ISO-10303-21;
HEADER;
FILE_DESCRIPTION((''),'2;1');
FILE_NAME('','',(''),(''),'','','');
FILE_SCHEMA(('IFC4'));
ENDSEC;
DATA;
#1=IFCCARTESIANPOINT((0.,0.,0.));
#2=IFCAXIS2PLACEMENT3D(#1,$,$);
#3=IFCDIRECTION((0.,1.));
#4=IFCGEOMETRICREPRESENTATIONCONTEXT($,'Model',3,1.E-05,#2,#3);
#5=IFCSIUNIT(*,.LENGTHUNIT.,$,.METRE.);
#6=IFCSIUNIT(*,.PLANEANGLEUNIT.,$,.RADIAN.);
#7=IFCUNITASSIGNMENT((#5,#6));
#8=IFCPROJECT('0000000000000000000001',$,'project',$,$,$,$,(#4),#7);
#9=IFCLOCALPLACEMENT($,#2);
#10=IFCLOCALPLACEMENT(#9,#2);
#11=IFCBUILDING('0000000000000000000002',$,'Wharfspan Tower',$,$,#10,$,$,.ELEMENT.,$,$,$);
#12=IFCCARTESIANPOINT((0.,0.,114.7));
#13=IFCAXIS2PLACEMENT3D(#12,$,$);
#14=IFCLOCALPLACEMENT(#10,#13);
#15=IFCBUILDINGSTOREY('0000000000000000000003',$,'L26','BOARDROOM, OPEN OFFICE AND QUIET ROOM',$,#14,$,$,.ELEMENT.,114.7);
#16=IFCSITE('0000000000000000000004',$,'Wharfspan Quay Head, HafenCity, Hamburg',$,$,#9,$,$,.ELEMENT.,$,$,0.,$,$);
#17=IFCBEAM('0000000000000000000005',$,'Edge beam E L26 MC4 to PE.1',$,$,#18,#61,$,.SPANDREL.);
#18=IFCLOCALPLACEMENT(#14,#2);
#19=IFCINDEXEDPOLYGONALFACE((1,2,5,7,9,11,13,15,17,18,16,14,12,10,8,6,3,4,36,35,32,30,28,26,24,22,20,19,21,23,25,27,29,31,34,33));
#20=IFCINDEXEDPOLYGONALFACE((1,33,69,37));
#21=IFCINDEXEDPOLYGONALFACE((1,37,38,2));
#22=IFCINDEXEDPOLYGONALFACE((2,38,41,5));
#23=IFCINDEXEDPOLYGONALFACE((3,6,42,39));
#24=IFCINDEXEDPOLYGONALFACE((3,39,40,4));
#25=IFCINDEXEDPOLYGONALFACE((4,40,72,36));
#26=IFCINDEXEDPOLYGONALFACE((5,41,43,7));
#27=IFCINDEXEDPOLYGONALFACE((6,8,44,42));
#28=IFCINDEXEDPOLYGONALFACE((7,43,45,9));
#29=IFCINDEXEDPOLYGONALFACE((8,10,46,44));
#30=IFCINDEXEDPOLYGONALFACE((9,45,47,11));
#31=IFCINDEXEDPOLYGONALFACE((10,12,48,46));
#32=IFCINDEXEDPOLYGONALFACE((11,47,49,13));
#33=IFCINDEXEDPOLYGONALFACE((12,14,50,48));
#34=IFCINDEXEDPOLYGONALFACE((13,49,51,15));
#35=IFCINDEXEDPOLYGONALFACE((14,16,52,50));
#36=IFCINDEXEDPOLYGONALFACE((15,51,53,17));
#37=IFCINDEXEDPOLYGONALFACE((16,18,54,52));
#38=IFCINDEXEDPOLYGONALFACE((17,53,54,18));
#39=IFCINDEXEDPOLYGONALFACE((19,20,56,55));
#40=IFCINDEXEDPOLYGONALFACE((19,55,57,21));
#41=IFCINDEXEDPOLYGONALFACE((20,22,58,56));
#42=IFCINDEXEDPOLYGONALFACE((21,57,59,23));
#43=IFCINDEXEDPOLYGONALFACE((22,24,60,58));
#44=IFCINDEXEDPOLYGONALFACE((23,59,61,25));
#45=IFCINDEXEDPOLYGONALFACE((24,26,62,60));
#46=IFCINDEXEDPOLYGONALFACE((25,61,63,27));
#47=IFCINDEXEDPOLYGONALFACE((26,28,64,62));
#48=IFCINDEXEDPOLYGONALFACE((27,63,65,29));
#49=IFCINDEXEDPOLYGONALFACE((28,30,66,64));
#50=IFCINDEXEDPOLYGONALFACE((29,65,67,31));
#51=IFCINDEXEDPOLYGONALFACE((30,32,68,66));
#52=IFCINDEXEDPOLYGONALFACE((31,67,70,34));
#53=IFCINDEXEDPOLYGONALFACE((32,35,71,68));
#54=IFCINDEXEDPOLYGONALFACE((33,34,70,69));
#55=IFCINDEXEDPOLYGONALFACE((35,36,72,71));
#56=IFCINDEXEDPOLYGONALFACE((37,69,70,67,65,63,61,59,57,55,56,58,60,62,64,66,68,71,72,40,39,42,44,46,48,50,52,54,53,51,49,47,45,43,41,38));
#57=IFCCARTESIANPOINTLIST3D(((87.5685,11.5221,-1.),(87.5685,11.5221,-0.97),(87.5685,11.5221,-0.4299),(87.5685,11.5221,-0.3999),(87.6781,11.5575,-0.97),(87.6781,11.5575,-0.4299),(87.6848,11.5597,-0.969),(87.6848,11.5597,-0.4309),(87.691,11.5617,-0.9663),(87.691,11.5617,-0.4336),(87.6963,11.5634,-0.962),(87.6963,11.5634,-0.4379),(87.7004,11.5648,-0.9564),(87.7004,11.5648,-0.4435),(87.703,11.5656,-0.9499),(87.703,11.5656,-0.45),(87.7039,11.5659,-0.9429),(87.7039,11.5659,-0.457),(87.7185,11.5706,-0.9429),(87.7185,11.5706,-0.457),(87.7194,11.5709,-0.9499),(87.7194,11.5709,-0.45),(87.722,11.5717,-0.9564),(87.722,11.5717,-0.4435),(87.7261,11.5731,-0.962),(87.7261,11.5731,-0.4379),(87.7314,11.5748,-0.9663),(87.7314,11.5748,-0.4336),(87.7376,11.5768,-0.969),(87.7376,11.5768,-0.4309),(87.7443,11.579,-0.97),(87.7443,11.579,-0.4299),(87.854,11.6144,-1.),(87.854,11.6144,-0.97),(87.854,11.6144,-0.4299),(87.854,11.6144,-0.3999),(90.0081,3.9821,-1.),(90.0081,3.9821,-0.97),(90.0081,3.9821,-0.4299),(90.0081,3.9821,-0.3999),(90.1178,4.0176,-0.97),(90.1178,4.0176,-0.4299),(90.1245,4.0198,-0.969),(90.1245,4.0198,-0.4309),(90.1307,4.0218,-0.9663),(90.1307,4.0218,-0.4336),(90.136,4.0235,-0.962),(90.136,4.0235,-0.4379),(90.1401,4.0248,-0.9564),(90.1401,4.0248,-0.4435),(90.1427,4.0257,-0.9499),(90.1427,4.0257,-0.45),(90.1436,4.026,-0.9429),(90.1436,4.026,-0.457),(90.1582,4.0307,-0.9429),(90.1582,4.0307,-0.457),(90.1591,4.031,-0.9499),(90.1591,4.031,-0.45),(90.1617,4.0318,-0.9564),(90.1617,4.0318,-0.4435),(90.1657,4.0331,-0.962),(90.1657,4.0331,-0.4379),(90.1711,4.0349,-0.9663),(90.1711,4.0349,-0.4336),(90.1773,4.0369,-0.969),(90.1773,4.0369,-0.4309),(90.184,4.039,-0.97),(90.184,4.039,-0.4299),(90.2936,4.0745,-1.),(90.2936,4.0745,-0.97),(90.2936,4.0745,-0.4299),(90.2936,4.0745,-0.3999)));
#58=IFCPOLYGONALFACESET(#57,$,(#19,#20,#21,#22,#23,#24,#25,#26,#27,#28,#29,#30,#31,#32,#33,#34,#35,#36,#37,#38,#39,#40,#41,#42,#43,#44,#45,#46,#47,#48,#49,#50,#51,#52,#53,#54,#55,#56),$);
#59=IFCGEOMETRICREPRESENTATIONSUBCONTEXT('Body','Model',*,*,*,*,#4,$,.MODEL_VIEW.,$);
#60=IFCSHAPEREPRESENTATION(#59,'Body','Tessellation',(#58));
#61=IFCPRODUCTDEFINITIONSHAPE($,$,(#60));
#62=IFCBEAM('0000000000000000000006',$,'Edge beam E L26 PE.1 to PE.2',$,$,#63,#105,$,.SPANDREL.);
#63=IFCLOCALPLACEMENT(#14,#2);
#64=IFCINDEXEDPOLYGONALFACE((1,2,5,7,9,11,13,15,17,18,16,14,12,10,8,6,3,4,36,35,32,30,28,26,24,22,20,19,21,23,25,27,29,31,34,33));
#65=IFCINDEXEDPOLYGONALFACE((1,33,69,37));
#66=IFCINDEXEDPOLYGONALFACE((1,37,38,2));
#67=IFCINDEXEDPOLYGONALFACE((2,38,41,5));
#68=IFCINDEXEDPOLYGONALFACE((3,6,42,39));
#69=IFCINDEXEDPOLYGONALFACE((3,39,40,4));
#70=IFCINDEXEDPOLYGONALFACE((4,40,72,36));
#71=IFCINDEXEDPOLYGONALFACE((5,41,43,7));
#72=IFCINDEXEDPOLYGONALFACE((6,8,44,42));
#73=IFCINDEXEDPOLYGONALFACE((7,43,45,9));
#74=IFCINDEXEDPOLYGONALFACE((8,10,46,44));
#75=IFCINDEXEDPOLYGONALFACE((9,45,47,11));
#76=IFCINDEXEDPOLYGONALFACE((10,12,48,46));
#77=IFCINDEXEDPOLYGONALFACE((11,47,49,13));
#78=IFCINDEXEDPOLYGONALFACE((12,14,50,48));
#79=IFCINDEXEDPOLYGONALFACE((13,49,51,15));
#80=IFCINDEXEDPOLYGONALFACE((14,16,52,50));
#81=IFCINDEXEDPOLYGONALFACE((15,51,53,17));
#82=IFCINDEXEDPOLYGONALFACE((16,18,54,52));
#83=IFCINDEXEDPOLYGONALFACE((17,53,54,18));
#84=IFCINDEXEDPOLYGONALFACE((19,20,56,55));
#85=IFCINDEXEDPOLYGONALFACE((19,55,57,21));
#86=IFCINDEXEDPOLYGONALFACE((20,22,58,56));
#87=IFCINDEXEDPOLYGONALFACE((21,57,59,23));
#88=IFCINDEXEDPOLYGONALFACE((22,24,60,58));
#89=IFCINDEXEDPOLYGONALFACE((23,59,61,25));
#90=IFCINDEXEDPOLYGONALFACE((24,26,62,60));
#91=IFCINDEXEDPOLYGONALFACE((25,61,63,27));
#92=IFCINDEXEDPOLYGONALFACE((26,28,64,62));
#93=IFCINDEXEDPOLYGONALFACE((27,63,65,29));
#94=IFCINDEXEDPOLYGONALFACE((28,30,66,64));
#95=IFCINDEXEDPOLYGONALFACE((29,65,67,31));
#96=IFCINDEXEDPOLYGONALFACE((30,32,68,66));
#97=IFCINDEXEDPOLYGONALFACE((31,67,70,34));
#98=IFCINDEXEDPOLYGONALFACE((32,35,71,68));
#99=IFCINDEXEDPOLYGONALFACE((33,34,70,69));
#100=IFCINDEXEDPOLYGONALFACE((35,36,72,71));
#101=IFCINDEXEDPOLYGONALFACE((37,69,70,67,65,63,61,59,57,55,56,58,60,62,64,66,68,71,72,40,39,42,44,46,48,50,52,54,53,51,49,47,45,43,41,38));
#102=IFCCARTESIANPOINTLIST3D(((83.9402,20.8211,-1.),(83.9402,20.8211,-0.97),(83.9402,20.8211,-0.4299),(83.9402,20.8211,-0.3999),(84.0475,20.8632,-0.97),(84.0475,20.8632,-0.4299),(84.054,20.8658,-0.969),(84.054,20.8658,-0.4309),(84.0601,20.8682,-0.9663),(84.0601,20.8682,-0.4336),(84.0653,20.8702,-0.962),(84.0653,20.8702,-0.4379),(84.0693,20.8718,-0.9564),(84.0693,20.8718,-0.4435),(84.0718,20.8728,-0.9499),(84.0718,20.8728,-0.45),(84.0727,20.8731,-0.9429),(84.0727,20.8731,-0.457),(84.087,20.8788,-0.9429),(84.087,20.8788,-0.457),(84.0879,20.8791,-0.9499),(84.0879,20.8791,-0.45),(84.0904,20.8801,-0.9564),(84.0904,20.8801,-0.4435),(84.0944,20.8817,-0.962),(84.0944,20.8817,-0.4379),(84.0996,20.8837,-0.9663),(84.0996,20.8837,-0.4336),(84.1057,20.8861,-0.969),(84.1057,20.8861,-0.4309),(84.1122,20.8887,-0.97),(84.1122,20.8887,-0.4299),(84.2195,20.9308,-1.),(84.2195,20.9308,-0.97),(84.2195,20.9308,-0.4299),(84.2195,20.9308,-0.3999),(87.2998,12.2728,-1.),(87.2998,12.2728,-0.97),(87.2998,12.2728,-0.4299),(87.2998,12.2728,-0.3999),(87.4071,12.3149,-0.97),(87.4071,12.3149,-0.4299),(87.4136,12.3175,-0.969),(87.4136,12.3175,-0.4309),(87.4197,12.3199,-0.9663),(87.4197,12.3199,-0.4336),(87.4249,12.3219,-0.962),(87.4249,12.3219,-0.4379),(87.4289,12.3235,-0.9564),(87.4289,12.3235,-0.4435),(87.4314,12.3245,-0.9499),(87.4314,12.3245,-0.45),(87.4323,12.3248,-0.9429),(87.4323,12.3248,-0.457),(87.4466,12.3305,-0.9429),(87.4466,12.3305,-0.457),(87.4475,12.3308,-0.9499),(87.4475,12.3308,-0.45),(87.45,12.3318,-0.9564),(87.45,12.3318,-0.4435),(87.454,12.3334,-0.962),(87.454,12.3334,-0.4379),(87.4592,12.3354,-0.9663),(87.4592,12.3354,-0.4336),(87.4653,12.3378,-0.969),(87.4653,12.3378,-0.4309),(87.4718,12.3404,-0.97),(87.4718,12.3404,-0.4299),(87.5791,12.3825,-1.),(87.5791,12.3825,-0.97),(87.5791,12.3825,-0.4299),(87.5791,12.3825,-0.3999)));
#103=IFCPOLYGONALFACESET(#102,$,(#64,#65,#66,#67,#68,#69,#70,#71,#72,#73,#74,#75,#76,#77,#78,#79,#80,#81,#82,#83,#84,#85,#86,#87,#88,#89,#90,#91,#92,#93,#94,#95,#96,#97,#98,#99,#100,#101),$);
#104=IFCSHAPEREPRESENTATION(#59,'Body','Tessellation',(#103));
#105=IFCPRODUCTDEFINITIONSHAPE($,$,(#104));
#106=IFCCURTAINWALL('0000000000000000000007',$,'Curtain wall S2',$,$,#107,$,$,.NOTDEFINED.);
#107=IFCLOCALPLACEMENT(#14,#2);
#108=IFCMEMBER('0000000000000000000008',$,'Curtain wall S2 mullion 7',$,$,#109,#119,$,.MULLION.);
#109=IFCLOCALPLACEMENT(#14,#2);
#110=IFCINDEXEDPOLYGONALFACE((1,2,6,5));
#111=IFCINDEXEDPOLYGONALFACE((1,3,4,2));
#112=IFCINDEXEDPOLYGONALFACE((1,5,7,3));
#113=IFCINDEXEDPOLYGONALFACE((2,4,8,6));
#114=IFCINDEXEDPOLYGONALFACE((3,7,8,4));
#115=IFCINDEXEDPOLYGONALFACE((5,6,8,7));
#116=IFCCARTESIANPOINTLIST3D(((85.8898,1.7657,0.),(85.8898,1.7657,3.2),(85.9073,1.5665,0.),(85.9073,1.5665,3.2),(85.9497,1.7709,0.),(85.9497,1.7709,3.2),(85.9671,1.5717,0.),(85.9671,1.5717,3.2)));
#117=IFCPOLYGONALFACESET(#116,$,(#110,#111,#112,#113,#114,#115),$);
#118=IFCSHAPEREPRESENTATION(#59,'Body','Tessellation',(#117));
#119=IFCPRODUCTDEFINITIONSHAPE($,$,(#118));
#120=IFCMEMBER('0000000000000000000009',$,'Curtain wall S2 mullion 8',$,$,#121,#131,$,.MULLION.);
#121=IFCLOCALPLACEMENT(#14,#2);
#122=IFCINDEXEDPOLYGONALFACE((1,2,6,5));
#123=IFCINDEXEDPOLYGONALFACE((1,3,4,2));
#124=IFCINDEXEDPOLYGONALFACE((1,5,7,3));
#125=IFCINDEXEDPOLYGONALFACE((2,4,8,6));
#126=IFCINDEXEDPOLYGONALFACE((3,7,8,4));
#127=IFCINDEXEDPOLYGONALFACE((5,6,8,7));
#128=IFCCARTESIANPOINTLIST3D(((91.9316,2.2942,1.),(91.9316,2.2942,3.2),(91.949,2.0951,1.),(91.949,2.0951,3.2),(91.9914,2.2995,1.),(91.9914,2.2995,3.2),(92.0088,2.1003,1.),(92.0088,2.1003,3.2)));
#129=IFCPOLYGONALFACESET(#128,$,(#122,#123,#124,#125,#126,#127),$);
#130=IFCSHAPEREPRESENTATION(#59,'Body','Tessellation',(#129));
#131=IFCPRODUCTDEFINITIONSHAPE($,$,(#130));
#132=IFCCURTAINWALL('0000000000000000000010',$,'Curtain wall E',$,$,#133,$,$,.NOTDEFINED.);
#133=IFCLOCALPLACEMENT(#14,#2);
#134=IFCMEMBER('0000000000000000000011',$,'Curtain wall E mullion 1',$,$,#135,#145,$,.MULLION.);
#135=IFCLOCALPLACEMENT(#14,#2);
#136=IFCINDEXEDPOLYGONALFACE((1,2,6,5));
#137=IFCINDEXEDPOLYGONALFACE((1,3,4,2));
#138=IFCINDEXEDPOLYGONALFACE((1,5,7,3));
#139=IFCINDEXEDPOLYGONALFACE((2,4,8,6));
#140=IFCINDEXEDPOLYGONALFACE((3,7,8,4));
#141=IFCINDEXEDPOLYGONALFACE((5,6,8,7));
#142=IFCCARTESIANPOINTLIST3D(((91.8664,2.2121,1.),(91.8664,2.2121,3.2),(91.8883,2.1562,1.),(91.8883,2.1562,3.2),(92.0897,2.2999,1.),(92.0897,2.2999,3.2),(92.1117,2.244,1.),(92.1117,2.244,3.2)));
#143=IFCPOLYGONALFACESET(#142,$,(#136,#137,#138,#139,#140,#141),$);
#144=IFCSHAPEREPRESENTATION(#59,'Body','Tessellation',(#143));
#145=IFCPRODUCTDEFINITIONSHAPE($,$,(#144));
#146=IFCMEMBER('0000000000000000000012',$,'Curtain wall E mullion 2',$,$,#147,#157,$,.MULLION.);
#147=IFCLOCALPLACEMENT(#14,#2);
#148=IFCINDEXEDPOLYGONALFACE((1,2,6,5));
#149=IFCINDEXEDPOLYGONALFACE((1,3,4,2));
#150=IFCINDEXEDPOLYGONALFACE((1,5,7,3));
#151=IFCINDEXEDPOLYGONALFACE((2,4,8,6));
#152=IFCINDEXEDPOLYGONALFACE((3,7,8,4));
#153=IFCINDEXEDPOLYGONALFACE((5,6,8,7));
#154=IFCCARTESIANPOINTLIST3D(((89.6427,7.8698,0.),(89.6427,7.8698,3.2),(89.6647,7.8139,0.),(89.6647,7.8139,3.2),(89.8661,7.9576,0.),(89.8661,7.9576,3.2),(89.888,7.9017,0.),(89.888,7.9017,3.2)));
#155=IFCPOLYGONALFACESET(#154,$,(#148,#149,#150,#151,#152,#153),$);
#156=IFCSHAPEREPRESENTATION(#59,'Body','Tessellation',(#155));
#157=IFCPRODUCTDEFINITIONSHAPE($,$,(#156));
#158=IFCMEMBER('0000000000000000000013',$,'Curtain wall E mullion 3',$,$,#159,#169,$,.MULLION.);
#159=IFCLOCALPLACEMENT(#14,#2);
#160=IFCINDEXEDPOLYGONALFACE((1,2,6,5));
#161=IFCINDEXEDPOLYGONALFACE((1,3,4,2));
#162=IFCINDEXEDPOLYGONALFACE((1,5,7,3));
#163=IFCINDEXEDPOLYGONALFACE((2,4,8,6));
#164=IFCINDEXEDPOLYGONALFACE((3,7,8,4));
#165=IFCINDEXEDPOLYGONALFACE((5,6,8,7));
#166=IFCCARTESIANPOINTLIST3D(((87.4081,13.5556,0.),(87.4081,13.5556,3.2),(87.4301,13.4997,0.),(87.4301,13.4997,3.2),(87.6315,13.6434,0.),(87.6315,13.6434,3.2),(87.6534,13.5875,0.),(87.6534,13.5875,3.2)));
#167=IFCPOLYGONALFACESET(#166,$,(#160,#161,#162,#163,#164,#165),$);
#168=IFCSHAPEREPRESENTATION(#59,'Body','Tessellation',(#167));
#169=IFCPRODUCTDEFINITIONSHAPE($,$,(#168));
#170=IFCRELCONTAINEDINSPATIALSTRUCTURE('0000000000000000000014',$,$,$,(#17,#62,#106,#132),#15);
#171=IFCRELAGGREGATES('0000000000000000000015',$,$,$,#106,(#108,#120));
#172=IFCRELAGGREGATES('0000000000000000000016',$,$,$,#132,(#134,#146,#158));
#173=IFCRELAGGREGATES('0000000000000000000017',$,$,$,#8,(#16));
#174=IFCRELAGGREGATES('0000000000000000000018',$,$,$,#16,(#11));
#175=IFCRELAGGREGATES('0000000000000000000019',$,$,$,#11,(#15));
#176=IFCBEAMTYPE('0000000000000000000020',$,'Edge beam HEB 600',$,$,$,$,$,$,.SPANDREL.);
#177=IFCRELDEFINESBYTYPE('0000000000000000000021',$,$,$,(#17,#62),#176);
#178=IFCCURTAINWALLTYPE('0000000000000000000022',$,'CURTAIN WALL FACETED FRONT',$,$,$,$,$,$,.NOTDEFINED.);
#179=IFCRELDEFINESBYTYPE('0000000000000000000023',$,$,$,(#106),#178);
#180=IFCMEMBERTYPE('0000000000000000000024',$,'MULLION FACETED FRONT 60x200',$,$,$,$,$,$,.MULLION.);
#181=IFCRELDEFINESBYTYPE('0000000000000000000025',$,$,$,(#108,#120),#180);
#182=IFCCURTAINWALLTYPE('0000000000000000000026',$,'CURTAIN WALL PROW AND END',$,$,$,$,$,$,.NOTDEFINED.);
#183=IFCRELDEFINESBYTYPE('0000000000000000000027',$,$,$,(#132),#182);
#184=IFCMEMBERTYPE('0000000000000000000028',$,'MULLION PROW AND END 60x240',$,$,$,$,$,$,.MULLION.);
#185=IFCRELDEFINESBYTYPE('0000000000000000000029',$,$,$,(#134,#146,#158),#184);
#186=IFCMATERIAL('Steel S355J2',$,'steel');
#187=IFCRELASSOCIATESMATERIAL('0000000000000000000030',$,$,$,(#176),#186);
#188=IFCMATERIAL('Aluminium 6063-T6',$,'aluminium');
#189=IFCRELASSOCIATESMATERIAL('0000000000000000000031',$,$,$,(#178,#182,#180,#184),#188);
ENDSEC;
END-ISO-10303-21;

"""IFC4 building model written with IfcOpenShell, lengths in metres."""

from ifc_helpers import new_model, si_unit, direction, frame, origin, origin_2d, place, context, subcontext, project, spatial, rectangle, i_section, extrude, material, material_profile, profile_set, type_object, element, aggregate, save


model = new_model("IFC4")

# Units and contexts
model_context = context("Model", 3, precision=1e-05, world=origin(), true_north=direction((0.0, 1.0)))
body_context = subcontext(model_context, "Body", "Model", "MODEL_VIEW")
ifc_project = project(units=[si_unit("LENGTHUNIT", "METRE"), si_unit("PLANEANGLEUNIT", "RADIAN")], contexts=[model_context])

# Site, building, storey
site_placement = place(None, origin())
site = spatial("IfcSite", under=ifc_project, at=site_placement, Name="Wharfspan Quay Head, HafenCity, Hamburg", CompositionType="ELEMENT", RefElevation=0.0)
building_placement = place(site_placement, origin())
building = spatial("IfcBuilding", under=site, at=building_placement, Name="Wharfspan Tower", CompositionType="ELEMENT")
storey_placement = place(building_placement, frame((0.0, 0.0, 114.7)))
storey = spatial("IfcBuildingStorey", under=building, at=storey_placement, Name="L26", Description="BOARDROOM, OPEN OFFICE AND QUIET ROOM", CompositionType="ELEMENT", Elevation=114.7)

# Shared definitions
ifc_material_1 = material(Name="Steel S355J2", Category="steel")

# Beams
ifc_material_profile_1 = material_profile(ifc_material_1, i_section(OverallWidth=0.3, OverallDepth=0.6001, WebThickness=0.0154, FlangeThickness=0.03, FilletRadius=0.0271, at=origin_2d()))
ifc_profile_set_1 = profile_set([ifc_material_profile_1], Name="Steel S355J2")
beam_type = type_object("IfcBeamType", Name="Edge beam HEB 600", PredefinedType="SPANDREL", material=ifc_profile_set_1)
beam_1_placement = place(storey_placement, frame((90.1509, 4.0283, -0.7), z_axis=(-0.307851, 0.951434, 0.0), x_axis=(-0.951434, -0.307851, 0.0)))
element("IfcBeam", 1, at=beam_1_placement, inside=storey, type_object=beam_type, Name="Edge beam E L26 MC4 to PE.1", PredefinedType="SPANDREL", context=body_context, shape_type="SweptSolid", body=[
    extrude(i_section(OverallWidth=0.3, OverallDepth=0.6001, WebThickness=0.0154, FlangeThickness=0.03, FilletRadius=0.0271, at=origin_2d()), origin(), (0.0, 0.0, 1.0), 7.9248),
])
beam_2_placement = place(storey_placement, frame((87.4395, 12.3276, -0.7), z_axis=(-0.365779, 0.930702, 0.0), x_axis=(-0.930702, -0.365779, 0.0)))
element("IfcBeam", 2, at=beam_2_placement, inside=storey, type_object=beam_type, Name="Edge beam E L26 PE.1 to PE.2", PredefinedType="SPANDREL", context=body_context, shape_type="SweptSolid", body=[
    extrude(i_section(OverallWidth=0.3, OverallDepth=0.6001, WebThickness=0.0154, FlangeThickness=0.03, FilletRadius=0.0271, at=origin_2d()), origin(), (0.0, 0.0, 1.0), 9.1848),
])

# Curtain walls, members
ifc_material_2 = material(Name="Aluminium 6063-T6", Category="aluminium")
curtain_wall_type_1 = type_object("IfcCurtainWallType", Name="CURTAIN WALL FACETED FRONT", PredefinedType="NOTDEFINED", material=ifc_material_2)
curtain_wall_1_placement = place(storey_placement, origin())
curtain_wall_1 = element("IfcCurtainWall", 3, at=curtain_wall_1_placement, inside=storey, type_object=curtain_wall_type_1, Name="Curtain wall S2", PredefinedType="NOTDEFINED")
ifc_material_profile_2 = material_profile(ifc_material_2, rectangle(XDim=0.2, YDim=0.0601, at=origin_2d()))
ifc_profile_set_2 = profile_set([ifc_material_profile_2], Name="Aluminium 6063-T6")
member_type_1 = type_object("IfcMemberType", Name="MULLION FACETED FRONT 60x200", PredefinedType="MULLION", material=ifc_profile_set_2)
member_1_placement = place(storey_placement, frame((85.9285, 1.6687, 0.0), z_axis=(0.0, 0.0, 1.0), x_axis=(-0.087156, 0.996198, 0.0)))
member_1 = element("IfcMember", 4, at=member_1_placement, type_object=member_type_1, Name="Curtain wall S2 mullion 7", PredefinedType="MULLION", context=body_context, shape_type="SweptSolid", body=[
    extrude(rectangle(XDim=0.2, YDim=0.0601, at=origin_2d()), origin(), (0.0, 0.0, 1.0), 3.2),
])
member_2_placement = place(storey_placement, frame((91.9702, 2.1973, 1.0), z_axis=(0.0, 0.0, 1.0), x_axis=(-0.087156, 0.996198, 0.0)))
member_2 = element("IfcMember", 5, at=member_2_placement, type_object=member_type_1, Name="Curtain wall S2 mullion 8", PredefinedType="MULLION", context=body_context, shape_type="SweptSolid", body=[
    extrude(rectangle(XDim=0.2, YDim=0.0601, at=origin_2d()), origin(), (0.0, 0.0, 1.0), 2.2),
])
curtain_wall_type_2 = type_object("IfcCurtainWallType", Name="CURTAIN WALL PROW AND END", PredefinedType="NOTDEFINED", material=ifc_material_2)
curtain_wall_2_placement = place(storey_placement, origin())
curtain_wall_2 = element("IfcCurtainWall", 6, at=curtain_wall_2_placement, inside=storey, type_object=curtain_wall_type_2, Name="Curtain wall E", PredefinedType="NOTDEFINED")
ifc_material_profile_3 = material_profile(ifc_material_2, rectangle(XDim=0.24, YDim=0.0601, at=origin_2d()))
ifc_profile_set_3 = profile_set([ifc_material_profile_3], Name="Aluminium 6063-T6")
member_type_2 = type_object("IfcMemberType", Name="MULLION PROW AND END 60x240", PredefinedType="MULLION", material=ifc_profile_set_3)
member_3_placement = place(storey_placement, frame((91.989, 2.228, 1.0), z_axis=(0.0, 0.0, 1.0), x_axis=(-0.930702, -0.365778, 0.0)))
member_3 = element("IfcMember", 7, at=member_3_placement, type_object=member_type_2, Name="Curtain wall E mullion 1", PredefinedType="MULLION", context=body_context, shape_type="SweptSolid", body=[
    extrude(rectangle(XDim=0.24, YDim=0.0601, at=origin_2d()), origin(), (0.0, 0.0, 1.0), 2.2),
])
member_4_placement = place(storey_placement, frame((89.7654, 7.8857, 0.0), z_axis=(0.0, 0.0, 1.0), x_axis=(-0.930702, -0.365778, 0.0)))
member_4 = element("IfcMember", 8, at=member_4_placement, type_object=member_type_2, Name="Curtain wall E mullion 2", PredefinedType="MULLION", context=body_context, shape_type="SweptSolid", body=[
    extrude(rectangle(XDim=0.24, YDim=0.0601, at=origin_2d()), origin(), (0.0, 0.0, 1.0), 3.2),
])
member_5_placement = place(storey_placement, frame((87.5308, 13.5715, 0.0), z_axis=(0.0, 0.0, 1.0), x_axis=(-0.930702, -0.365778, 0.0)))
member_5 = element("IfcMember", 9, at=member_5_placement, type_object=member_type_2, Name="Curtain wall E mullion 3", PredefinedType="MULLION", context=body_context, shape_type="SweptSolid", body=[
    extrude(rectangle(XDim=0.24, YDim=0.0601, at=origin_2d()), origin(), (0.0, 0.0, 1.0), 3.2),
])

aggregate(curtain_wall_1, [member_1, member_2])
aggregate(curtain_wall_2, [member_3, member_4, member_5])

save(model, "model.ifc")
